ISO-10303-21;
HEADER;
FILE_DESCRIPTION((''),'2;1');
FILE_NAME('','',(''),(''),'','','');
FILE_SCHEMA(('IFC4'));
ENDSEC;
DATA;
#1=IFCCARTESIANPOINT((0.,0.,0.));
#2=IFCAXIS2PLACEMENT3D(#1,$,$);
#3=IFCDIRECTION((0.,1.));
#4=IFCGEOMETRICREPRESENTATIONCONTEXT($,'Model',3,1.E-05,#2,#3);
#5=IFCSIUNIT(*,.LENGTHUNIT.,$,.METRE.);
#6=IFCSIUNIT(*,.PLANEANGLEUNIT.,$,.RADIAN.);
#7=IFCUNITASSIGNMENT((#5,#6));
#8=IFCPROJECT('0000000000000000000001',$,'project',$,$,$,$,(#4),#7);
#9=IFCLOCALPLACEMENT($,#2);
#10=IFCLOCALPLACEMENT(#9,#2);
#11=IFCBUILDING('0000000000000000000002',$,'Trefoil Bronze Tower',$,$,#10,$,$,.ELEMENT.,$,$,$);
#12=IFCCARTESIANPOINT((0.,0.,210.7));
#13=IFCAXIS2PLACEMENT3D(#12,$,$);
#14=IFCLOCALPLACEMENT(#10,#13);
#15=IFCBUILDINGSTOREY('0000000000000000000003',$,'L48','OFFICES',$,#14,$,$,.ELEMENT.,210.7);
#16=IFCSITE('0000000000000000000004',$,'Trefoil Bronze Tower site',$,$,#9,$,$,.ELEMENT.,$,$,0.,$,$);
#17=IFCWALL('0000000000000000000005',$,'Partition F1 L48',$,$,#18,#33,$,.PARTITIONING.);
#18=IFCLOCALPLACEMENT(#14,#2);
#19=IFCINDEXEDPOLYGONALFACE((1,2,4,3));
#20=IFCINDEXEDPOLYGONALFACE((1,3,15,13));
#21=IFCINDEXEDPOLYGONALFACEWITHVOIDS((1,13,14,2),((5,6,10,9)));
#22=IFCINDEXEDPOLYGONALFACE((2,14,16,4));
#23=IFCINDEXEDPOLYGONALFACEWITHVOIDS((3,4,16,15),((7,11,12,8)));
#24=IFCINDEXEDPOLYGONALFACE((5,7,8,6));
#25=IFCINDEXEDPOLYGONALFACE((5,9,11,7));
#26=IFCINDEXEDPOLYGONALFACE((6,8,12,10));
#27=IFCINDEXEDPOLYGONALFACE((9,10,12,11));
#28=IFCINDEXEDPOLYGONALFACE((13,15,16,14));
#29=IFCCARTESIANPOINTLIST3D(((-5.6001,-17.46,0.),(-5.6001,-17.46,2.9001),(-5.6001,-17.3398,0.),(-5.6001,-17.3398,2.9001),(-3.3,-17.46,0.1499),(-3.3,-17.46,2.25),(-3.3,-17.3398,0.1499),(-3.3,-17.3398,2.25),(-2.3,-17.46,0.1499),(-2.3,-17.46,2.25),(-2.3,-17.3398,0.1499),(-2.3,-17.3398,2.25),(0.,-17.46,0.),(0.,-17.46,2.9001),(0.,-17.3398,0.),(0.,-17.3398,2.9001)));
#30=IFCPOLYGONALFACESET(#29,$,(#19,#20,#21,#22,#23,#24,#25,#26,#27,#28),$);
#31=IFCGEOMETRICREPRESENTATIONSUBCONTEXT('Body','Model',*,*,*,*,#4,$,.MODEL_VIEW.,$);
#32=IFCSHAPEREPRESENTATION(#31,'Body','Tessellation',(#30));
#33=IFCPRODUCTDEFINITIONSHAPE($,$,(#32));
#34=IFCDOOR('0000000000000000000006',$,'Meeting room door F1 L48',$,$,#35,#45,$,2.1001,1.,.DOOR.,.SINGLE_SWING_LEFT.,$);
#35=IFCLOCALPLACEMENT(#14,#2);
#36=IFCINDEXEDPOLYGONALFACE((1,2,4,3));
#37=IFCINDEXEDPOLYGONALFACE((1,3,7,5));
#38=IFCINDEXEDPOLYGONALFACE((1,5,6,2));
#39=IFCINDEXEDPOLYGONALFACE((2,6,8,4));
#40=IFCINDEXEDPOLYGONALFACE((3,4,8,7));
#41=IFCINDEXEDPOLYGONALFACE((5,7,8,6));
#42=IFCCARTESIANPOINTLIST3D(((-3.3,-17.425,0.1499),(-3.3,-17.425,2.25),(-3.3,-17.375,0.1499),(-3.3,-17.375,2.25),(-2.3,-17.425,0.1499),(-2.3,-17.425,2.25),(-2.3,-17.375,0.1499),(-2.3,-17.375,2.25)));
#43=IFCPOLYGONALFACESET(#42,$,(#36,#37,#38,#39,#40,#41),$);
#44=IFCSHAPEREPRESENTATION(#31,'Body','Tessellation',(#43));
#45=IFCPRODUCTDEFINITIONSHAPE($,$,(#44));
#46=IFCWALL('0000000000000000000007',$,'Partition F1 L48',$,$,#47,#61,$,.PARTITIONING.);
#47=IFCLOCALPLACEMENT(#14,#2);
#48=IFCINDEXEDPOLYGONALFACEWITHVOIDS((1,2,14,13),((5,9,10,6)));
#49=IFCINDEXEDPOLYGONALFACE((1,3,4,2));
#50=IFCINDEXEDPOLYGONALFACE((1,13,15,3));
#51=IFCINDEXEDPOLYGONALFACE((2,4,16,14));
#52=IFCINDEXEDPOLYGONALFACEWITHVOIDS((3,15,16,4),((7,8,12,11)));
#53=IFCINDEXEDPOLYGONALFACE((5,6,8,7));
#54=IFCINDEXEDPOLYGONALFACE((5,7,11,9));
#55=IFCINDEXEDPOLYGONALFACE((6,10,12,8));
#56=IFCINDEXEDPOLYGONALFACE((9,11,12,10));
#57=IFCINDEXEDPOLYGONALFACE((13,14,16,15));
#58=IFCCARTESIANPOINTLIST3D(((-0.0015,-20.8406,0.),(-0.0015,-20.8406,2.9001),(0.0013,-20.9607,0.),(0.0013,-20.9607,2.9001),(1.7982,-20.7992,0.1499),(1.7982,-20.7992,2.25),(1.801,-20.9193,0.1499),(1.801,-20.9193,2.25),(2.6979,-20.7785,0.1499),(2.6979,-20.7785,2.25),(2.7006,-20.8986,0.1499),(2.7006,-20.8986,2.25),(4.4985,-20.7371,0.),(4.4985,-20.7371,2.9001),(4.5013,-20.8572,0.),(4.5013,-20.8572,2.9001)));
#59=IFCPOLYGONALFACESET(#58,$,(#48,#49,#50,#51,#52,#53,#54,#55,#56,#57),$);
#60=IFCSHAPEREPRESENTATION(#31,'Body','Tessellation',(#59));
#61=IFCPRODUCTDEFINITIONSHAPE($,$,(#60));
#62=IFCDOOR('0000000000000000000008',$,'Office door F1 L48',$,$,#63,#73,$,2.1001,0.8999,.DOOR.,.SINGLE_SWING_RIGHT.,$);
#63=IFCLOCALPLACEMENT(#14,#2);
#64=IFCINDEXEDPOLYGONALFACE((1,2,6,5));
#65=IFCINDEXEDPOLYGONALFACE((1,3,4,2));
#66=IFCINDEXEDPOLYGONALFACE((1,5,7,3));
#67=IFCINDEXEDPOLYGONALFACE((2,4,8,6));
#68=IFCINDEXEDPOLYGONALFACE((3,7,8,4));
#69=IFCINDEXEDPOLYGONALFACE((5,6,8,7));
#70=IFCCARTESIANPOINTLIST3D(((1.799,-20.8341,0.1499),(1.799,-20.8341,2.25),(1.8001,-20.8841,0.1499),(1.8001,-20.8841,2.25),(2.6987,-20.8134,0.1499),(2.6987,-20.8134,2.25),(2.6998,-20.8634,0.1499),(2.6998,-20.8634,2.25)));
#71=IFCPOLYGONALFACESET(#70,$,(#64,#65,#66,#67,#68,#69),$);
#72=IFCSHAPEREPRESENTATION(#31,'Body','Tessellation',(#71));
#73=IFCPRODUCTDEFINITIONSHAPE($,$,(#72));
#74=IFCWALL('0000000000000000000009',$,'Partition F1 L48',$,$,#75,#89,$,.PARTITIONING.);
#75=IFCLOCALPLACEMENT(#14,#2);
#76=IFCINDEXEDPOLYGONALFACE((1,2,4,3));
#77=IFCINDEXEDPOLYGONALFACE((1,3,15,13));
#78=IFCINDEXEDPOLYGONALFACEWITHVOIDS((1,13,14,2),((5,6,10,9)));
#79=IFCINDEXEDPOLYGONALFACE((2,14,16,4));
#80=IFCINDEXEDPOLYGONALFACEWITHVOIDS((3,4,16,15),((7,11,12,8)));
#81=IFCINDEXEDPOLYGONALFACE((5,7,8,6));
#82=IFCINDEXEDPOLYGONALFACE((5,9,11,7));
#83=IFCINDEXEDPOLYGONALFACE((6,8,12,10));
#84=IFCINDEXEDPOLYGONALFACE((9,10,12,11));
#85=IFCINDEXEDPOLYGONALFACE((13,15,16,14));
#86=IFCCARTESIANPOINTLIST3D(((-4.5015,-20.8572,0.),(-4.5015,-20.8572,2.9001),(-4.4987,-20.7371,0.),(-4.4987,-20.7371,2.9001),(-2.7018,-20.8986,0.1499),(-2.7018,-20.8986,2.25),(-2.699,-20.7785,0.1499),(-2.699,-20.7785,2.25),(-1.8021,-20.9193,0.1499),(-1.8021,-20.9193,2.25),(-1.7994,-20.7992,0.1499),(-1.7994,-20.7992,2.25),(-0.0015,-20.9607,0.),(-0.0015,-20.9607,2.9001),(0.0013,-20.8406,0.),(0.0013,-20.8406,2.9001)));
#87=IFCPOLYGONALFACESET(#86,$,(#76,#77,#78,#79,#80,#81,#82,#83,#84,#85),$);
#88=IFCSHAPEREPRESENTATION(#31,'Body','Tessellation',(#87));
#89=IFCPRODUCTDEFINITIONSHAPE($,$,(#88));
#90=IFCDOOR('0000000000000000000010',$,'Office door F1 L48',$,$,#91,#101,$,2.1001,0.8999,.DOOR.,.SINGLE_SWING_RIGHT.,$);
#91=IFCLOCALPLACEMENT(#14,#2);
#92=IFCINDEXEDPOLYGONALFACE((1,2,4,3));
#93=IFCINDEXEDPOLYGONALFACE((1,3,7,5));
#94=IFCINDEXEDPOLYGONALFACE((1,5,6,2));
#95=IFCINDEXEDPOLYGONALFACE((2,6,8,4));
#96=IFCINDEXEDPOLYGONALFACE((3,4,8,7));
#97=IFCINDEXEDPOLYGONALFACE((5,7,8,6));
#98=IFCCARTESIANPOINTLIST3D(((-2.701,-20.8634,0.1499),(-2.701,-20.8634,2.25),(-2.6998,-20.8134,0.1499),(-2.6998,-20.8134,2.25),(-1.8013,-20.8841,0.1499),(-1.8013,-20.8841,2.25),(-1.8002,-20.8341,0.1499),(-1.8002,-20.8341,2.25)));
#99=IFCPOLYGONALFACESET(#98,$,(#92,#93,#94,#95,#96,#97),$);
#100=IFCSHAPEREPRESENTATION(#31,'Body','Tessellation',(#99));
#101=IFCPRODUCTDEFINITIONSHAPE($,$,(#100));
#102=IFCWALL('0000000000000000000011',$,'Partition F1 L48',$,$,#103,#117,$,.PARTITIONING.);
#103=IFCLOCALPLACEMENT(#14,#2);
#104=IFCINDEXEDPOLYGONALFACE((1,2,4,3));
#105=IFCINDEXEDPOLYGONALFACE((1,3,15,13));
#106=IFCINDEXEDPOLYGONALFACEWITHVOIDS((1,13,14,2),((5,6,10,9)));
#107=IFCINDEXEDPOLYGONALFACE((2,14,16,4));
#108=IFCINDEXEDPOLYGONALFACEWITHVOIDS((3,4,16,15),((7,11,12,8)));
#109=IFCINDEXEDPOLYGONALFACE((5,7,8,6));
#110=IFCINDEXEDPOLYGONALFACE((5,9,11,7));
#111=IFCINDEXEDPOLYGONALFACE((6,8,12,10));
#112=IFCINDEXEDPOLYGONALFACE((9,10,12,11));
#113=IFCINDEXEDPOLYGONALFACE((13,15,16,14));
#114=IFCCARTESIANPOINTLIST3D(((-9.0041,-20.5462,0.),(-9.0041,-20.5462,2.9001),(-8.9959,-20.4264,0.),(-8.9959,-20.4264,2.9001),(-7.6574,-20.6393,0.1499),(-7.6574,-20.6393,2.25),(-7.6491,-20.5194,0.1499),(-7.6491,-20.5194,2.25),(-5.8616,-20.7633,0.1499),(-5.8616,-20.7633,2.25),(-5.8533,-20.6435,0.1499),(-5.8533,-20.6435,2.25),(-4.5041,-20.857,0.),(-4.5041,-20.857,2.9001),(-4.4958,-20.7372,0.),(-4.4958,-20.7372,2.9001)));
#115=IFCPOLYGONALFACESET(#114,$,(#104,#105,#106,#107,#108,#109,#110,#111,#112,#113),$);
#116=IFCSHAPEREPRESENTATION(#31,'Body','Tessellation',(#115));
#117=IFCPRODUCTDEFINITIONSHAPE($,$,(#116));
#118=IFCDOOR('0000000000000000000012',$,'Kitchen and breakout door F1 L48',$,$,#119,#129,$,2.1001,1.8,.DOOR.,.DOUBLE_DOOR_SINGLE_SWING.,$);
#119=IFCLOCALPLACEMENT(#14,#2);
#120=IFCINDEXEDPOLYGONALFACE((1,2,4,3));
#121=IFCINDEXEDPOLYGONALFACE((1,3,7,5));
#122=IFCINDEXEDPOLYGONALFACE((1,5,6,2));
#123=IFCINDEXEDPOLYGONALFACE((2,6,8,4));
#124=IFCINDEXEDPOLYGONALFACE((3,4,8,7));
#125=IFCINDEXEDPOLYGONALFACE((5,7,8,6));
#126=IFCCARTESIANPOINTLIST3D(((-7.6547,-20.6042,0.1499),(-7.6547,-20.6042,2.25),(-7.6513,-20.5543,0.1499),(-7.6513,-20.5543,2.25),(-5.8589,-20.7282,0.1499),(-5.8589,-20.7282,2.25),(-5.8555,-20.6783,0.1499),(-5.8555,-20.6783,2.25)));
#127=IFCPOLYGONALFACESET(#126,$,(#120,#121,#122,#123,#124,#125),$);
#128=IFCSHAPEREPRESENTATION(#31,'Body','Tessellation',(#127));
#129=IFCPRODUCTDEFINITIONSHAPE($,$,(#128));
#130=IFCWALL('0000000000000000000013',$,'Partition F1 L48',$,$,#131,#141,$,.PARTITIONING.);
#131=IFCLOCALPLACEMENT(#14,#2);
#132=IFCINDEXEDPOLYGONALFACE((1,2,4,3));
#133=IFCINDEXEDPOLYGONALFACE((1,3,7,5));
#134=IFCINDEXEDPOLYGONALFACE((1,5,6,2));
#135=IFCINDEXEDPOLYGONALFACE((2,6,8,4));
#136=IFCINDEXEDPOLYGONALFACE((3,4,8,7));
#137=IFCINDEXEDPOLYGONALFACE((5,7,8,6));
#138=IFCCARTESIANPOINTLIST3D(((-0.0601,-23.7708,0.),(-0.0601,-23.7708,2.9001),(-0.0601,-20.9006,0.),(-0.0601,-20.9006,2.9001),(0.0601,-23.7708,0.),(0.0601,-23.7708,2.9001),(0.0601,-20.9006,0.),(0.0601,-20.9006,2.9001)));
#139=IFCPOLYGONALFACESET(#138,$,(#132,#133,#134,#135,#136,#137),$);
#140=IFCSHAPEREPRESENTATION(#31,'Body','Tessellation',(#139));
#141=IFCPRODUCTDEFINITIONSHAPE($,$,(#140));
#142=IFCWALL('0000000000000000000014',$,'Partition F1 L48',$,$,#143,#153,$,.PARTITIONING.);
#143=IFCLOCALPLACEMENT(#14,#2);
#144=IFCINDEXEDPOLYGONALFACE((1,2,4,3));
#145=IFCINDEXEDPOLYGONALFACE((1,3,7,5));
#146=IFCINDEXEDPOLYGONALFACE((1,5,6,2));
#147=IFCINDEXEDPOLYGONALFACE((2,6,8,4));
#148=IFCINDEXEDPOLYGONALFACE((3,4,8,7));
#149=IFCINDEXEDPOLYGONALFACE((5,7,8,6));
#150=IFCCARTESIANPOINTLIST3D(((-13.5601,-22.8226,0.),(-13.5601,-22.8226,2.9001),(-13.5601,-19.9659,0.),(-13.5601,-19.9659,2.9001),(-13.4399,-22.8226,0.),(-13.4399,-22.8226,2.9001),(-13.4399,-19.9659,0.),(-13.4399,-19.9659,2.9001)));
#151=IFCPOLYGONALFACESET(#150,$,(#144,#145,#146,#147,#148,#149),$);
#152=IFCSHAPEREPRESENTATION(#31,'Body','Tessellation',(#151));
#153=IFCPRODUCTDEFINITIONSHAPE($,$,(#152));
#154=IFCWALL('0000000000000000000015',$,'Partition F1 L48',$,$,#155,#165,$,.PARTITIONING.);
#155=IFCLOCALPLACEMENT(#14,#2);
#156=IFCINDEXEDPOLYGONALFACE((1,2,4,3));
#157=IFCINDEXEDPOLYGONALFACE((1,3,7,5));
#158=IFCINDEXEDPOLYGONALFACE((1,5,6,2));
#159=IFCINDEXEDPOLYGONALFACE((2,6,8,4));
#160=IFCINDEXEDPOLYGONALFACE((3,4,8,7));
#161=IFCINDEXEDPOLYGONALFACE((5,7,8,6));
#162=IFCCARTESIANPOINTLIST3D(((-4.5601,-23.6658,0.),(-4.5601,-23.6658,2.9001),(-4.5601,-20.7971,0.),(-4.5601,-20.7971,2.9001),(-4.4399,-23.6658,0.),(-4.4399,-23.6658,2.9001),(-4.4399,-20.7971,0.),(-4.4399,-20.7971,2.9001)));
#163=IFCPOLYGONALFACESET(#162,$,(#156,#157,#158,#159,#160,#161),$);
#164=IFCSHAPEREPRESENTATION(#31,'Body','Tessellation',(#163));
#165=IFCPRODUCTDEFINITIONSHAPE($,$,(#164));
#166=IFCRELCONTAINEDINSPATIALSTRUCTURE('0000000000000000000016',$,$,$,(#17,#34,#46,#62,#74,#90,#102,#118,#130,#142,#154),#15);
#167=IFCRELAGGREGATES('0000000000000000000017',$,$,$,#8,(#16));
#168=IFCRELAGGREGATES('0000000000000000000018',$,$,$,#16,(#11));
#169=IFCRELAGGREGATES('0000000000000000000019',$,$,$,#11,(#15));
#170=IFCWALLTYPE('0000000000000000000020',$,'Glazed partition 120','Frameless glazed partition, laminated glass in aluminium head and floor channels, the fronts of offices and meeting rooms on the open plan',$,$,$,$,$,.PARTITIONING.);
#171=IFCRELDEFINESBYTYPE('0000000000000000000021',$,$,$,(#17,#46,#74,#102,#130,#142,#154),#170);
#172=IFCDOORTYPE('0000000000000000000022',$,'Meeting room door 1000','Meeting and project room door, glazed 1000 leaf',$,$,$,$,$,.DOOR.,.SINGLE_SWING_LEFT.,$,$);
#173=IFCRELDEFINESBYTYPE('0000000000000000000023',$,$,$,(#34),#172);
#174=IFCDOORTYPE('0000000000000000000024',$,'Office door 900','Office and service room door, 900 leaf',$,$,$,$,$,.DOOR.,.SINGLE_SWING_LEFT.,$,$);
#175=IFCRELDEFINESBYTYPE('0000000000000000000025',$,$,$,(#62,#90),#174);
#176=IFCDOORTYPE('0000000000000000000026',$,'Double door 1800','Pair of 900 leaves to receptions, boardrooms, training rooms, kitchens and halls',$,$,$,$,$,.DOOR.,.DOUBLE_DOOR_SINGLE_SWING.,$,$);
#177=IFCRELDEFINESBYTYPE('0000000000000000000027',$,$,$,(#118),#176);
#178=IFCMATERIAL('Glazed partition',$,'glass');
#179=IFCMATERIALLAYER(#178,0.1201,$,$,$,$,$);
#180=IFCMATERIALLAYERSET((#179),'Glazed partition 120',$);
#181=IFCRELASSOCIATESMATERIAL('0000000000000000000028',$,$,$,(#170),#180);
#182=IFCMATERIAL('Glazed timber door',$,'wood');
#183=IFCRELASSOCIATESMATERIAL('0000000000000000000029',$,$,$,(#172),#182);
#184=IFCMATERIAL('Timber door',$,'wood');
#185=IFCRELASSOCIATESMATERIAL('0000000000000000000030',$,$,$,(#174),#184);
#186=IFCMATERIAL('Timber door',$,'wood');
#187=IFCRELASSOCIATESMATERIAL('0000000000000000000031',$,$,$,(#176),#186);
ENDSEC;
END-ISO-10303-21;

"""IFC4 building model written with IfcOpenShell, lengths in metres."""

from ifc_helpers import new_model, si_unit, direction, frame, frame_2d, origin, place, context, subcontext, project, spatial, rectangle, extrude, material, layer, layer_set, type_object, element, fill, save


model = new_model("IFC4")

# Units and contexts
model_context = context("Model", 3, precision=1e-05, world=origin(), true_north=direction((0.0, 1.0)))
body_context = subcontext(model_context, "Body", "Model", "MODEL_VIEW")
ifc_project = project(units=[si_unit("LENGTHUNIT", "METRE"), si_unit("PLANEANGLEUNIT", "RADIAN")], contexts=[model_context])

# Site, building, storey
site_placement = place(None, origin())
site = spatial("IfcSite", under=ifc_project, at=site_placement, Name="Trefoil Bronze Tower site", CompositionType="ELEMENT", RefElevation=0.0)
building_placement = place(site_placement, origin())
building = spatial("IfcBuilding", under=site, at=building_placement, Name="Trefoil Bronze Tower", CompositionType="ELEMENT")
storey_placement = place(building_placement, frame((0.0, 0.0, 210.7)))
storey = spatial("IfcBuildingStorey", under=building, at=storey_placement, Name="L48", Description="OFFICES", CompositionType="ELEMENT", Elevation=210.7)

# Walls, openings, doors
ifc_material_1 = material(Name="Glazed partition", Category="glass")
ifc_layer_1 = layer(ifc_material_1, 0.1201)
ifc_layer_set_1 = layer_set([ifc_layer_1], Name="Glazed partition 120")
wall_type_1 = type_object("IfcWallType", Name="Glazed partition 120", Description="Frameless glazed partition, laminated glass in aluminium head and floor channels, the fronts of offices and meeting rooms on the open plan", PredefinedType="PARTITIONING", material=ifc_layer_set_1)
wall_1_placement = place(storey_placement, frame((-5.6001, -17.3999, 0.0), z_axis=(0.0, 0.0, 1.0), x_axis=(1.0, 0.0, 0.0)))
wall_1 = element("IfcWall", 1, at=wall_1_placement, inside=storey, type_object=wall_type_1, Name="Partition F1 L48", PredefinedType="PARTITIONING", context=body_context, shape_type="SweptSolid", body=[
    extrude(rectangle(XDim=5.6001, YDim=0.1201, at=frame_2d((2.8, 0.0))), origin(), (0.0, 0.0, 1.0), 2.9001),
])
opening_1_placement = place(wall_1_placement, frame((2.3, 0.0, 0.1499)))
opening_1 = element("IfcOpeningElement", 2, at=opening_1_placement, cuts=wall_1, PredefinedType="OPENING", context=body_context, shape_type="SweptSolid", body=[
    extrude(rectangle(XDim=1.0, YDim=2.1001, at=frame_2d((0.5, 1.05))), frame((0.0, 0.0701, 0.0), z_axis=(0.0, -1.0, 0.0), x_axis=(1.0, 0.0, 0.0)), (0.0, 0.0, 1.0), 0.1401),
])
ifc_material_2 = material(Name="Glazed timber door", Category="wood")
door_type_1 = type_object("IfcDoorType", Name="Meeting room door 1000", Description="Meeting and project room door, glazed 1000 leaf", OperationType="SINGLE_SWING_LEFT", PredefinedType="DOOR", material=ifc_material_2)
door_1_placement = place(opening_1_placement, origin())
door_1 = element("IfcDoor", 3, at=door_1_placement, inside=storey, type_object=door_type_1, Name="Meeting room door F1 L48", OperationType="SINGLE_SWING_LEFT", OverallHeight=2.1001, OverallWidth=1.0, PredefinedType="DOOR", context=body_context, shape_type="SweptSolid", body=[
    extrude(rectangle(XDim=1.0, YDim=2.1001, at=frame_2d((0.5, 1.05))), frame((0.0, 0.0249, 0.0), z_axis=(0.0, -1.0, 0.0), x_axis=(1.0, 0.0, 0.0)), (0.0, 0.0, 1.0), 0.05),
])
fill(opening_1, door_1)
wall_2_placement = place(storey_placement, frame((0.0, -20.9006, 0.0), z_axis=(0.0, 0.0, 1.0), x_axis=(0.999736, 0.022997, 0.0)))
wall_2 = element("IfcWall", 4, at=wall_2_placement, inside=storey, type_object=wall_type_1, Name="Partition F1 L48", PredefinedType="PARTITIONING", context=body_context, shape_type="SweptSolid", body=[
    extrude(rectangle(XDim=4.5012, YDim=0.1201, at=frame_2d((2.2505, 0.0))), origin(), (0.0, 0.0, 1.0), 2.9001),
])
opening_2_placement = place(wall_2_placement, frame((1.8, 0.0, 0.1499)))
opening_2 = element("IfcOpeningElement", 5, at=opening_2_placement, cuts=wall_2, PredefinedType="OPENING", context=body_context, shape_type="SweptSolid", body=[
    extrude(rectangle(XDim=0.8999, YDim=2.1001, at=frame_2d((0.45, 1.05))), frame((0.0, 0.0701, 0.0), z_axis=(0.0, -1.0, 0.0), x_axis=(1.0, 0.0, 0.0)), (0.0, 0.0, 1.0), 0.1401),
])
ifc_material_3 = material(Name="Timber door", Category="wood")
door_type_2 = type_object("IfcDoorType", Name="Office door 900", Description="Office and service room door, 900 leaf", OperationType="SINGLE_SWING_LEFT", PredefinedType="DOOR", material=ifc_material_3)
door_2_placement = place(opening_2_placement, frame((0.8999, 0.0, 0.0), z_axis=(0.0, 0.0, 1.0), x_axis=(-1.0, 0.0, 0.0)))
door_2 = element("IfcDoor", 6, at=door_2_placement, inside=storey, type_object=door_type_2, Name="Office door F1 L48", OperationType="SINGLE_SWING_RIGHT", OverallHeight=2.1001, OverallWidth=0.8999, PredefinedType="DOOR", context=body_context, shape_type="SweptSolid", body=[
    extrude(rectangle(XDim=0.8999, YDim=2.1001, at=frame_2d((0.45, 1.05))), frame((0.0, 0.0249, 0.0), z_axis=(0.0, -1.0, 0.0), x_axis=(1.0, 0.0, 0.0)), (0.0, 0.0, 1.0), 0.05),
])
fill(opening_2, door_2)
wall_3_placement = place(storey_placement, frame((-4.5, -20.7971, 0.0), z_axis=(0.0, 0.0, 1.0), x_axis=(0.999736, -0.022997, 0.0)))
wall_3 = element("IfcWall", 7, at=wall_3_placement, inside=storey, type_object=wall_type_1, Name="Partition F1 L48", PredefinedType="PARTITIONING", context=body_context, shape_type="SweptSolid", body=[
    extrude(rectangle(XDim=4.5012, YDim=0.1201, at=frame_2d((2.2505, 0.0))), origin(), (0.0, 0.0, 1.0), 2.9001),
])
opening_3_placement = place(wall_3_placement, frame((1.8, 0.0, 0.1499)))
opening_3 = element("IfcOpeningElement", 8, at=opening_3_placement, cuts=wall_3, PredefinedType="OPENING", context=body_context, shape_type="SweptSolid", body=[
    extrude(rectangle(XDim=0.8999, YDim=2.1001, at=frame_2d((0.45, 1.05))), frame((0.0, 0.0701, 0.0), z_axis=(0.0, -1.0, 0.0), x_axis=(1.0, 0.0, 0.0)), (0.0, 0.0, 1.0), 0.1401),
])
door_3_placement = place(opening_3_placement, frame((0.8999, 0.0, 0.0), z_axis=(0.0, 0.0, 1.0), x_axis=(-1.0, 0.0, 0.0)))
door_3 = element("IfcDoor", 9, at=door_3_placement, inside=storey, type_object=door_type_2, Name="Office door F1 L48", OperationType="SINGLE_SWING_RIGHT", OverallHeight=2.1001, OverallWidth=0.8999, PredefinedType="DOOR", context=body_context, shape_type="SweptSolid", body=[
    extrude(rectangle(XDim=0.8999, YDim=2.1001, at=frame_2d((0.45, 1.05))), frame((0.0, 0.0249, 0.0), z_axis=(0.0, -1.0, 0.0), x_axis=(1.0, 0.0, 0.0)), (0.0, 0.0, 1.0), 0.05),
])
fill(opening_3, door_3)
wall_4_placement = place(storey_placement, frame((-9.0, -20.4863, 0.0), z_axis=(0.0, 0.0, 1.0), x_axis=(0.997624, -0.068901, 0.0)))
wall_4 = element("IfcWall", 10, at=wall_4_placement, inside=storey, type_object=wall_type_1, Name="Partition F1 L48", PredefinedType="PARTITIONING", context=body_context, shape_type="SweptSolid", body=[
    extrude(rectangle(XDim=4.5107, YDim=0.1201, at=frame_2d((2.2554, 0.0))), origin(), (0.0, 0.0, 1.0), 2.9001),
])
opening_4_placement = place(wall_4_placement, frame((1.3501, 0.0, 0.1499)))
opening_4 = element("IfcOpeningElement", 11, at=opening_4_placement, cuts=wall_4, PredefinedType="OPENING", context=body_context, shape_type="SweptSolid", body=[
    extrude(rectangle(XDim=1.8, YDim=2.1001, at=frame_2d((0.8999, 1.05))), frame((0.0, 0.0701, 0.0), z_axis=(0.0, -1.0, 0.0), x_axis=(1.0, 0.0, 0.0)), (0.0, 0.0, 1.0), 0.1401),
])
ifc_material_4 = material(Name="Timber door", Category="wood")
door_type_3 = type_object("IfcDoorType", Name="Double door 1800", Description="Pair of 900 leaves to receptions, boardrooms, training rooms, kitchens and halls", OperationType="DOUBLE_DOOR_SINGLE_SWING", PredefinedType="DOOR", material=ifc_material_4)
door_4_placement = place(opening_4_placement, frame((1.8, 0.0, 0.0), z_axis=(0.0, 0.0, 1.0), x_axis=(-1.0, 0.0, 0.0)))
door_4 = element("IfcDoor", 12, at=door_4_placement, inside=storey, type_object=door_type_3, Name="Kitchen and breakout door F1 L48", OperationType="DOUBLE_DOOR_SINGLE_SWING", OverallHeight=2.1001, OverallWidth=1.8, PredefinedType="DOOR", context=body_context, shape_type="SweptSolid", body=[
    extrude(rectangle(XDim=1.8, YDim=2.1001, at=frame_2d((0.8999, 1.05))), frame((0.0, 0.0249, 0.0), z_axis=(0.0, -1.0, 0.0), x_axis=(1.0, 0.0, 0.0)), (0.0, 0.0, 1.0), 0.05),
])
fill(opening_4, door_4)

# Walls
wall_5_placement = place(storey_placement, frame((0.0, -20.9006, 0.0), z_axis=(0.0, 0.0, 1.0), x_axis=(0.0, -1.0, 0.0)))
element("IfcWall", 13, at=wall_5_placement, inside=storey, type_object=wall_type_1, Name="Partition F1 L48", PredefinedType="PARTITIONING", context=body_context, shape_type="SweptSolid", body=[
    extrude(rectangle(XDim=2.8701, YDim=0.1201, at=frame_2d((1.4351, 0.0))), origin(), (0.0, 0.0, 1.0), 2.9001),
])
wall_6_placement = place(storey_placement, frame((-13.5, -19.9661, 0.0), z_axis=(0.0, 0.0, 1.0), x_axis=(0.0, -1.0, 0.0)))
element("IfcWall", 14, at=wall_6_placement, inside=storey, type_object=wall_type_1, Name="Partition F1 L48", PredefinedType="PARTITIONING", context=body_context, shape_type="SweptSolid", body=[
    extrude(rectangle(XDim=2.8567, YDim=0.1201, at=frame_2d((1.4282, 0.0))), origin(), (0.0, 0.0, 1.0), 2.9001),
])
wall_7_placement = place(storey_placement, frame((-4.5, -20.7971, 0.0), z_axis=(0.0, 0.0, 1.0), x_axis=(0.0, -1.0, 0.0)))
element("IfcWall", 15, at=wall_7_placement, inside=storey, type_object=wall_type_1, Name="Partition F1 L48", PredefinedType="PARTITIONING", context=body_context, shape_type="SweptSolid", body=[
    extrude(rectangle(XDim=2.8687, YDim=0.1201, at=frame_2d((1.4343, 0.0))), origin(), (0.0, 0.0, 1.0), 2.9001),
])

save(model, "model.ifc")
